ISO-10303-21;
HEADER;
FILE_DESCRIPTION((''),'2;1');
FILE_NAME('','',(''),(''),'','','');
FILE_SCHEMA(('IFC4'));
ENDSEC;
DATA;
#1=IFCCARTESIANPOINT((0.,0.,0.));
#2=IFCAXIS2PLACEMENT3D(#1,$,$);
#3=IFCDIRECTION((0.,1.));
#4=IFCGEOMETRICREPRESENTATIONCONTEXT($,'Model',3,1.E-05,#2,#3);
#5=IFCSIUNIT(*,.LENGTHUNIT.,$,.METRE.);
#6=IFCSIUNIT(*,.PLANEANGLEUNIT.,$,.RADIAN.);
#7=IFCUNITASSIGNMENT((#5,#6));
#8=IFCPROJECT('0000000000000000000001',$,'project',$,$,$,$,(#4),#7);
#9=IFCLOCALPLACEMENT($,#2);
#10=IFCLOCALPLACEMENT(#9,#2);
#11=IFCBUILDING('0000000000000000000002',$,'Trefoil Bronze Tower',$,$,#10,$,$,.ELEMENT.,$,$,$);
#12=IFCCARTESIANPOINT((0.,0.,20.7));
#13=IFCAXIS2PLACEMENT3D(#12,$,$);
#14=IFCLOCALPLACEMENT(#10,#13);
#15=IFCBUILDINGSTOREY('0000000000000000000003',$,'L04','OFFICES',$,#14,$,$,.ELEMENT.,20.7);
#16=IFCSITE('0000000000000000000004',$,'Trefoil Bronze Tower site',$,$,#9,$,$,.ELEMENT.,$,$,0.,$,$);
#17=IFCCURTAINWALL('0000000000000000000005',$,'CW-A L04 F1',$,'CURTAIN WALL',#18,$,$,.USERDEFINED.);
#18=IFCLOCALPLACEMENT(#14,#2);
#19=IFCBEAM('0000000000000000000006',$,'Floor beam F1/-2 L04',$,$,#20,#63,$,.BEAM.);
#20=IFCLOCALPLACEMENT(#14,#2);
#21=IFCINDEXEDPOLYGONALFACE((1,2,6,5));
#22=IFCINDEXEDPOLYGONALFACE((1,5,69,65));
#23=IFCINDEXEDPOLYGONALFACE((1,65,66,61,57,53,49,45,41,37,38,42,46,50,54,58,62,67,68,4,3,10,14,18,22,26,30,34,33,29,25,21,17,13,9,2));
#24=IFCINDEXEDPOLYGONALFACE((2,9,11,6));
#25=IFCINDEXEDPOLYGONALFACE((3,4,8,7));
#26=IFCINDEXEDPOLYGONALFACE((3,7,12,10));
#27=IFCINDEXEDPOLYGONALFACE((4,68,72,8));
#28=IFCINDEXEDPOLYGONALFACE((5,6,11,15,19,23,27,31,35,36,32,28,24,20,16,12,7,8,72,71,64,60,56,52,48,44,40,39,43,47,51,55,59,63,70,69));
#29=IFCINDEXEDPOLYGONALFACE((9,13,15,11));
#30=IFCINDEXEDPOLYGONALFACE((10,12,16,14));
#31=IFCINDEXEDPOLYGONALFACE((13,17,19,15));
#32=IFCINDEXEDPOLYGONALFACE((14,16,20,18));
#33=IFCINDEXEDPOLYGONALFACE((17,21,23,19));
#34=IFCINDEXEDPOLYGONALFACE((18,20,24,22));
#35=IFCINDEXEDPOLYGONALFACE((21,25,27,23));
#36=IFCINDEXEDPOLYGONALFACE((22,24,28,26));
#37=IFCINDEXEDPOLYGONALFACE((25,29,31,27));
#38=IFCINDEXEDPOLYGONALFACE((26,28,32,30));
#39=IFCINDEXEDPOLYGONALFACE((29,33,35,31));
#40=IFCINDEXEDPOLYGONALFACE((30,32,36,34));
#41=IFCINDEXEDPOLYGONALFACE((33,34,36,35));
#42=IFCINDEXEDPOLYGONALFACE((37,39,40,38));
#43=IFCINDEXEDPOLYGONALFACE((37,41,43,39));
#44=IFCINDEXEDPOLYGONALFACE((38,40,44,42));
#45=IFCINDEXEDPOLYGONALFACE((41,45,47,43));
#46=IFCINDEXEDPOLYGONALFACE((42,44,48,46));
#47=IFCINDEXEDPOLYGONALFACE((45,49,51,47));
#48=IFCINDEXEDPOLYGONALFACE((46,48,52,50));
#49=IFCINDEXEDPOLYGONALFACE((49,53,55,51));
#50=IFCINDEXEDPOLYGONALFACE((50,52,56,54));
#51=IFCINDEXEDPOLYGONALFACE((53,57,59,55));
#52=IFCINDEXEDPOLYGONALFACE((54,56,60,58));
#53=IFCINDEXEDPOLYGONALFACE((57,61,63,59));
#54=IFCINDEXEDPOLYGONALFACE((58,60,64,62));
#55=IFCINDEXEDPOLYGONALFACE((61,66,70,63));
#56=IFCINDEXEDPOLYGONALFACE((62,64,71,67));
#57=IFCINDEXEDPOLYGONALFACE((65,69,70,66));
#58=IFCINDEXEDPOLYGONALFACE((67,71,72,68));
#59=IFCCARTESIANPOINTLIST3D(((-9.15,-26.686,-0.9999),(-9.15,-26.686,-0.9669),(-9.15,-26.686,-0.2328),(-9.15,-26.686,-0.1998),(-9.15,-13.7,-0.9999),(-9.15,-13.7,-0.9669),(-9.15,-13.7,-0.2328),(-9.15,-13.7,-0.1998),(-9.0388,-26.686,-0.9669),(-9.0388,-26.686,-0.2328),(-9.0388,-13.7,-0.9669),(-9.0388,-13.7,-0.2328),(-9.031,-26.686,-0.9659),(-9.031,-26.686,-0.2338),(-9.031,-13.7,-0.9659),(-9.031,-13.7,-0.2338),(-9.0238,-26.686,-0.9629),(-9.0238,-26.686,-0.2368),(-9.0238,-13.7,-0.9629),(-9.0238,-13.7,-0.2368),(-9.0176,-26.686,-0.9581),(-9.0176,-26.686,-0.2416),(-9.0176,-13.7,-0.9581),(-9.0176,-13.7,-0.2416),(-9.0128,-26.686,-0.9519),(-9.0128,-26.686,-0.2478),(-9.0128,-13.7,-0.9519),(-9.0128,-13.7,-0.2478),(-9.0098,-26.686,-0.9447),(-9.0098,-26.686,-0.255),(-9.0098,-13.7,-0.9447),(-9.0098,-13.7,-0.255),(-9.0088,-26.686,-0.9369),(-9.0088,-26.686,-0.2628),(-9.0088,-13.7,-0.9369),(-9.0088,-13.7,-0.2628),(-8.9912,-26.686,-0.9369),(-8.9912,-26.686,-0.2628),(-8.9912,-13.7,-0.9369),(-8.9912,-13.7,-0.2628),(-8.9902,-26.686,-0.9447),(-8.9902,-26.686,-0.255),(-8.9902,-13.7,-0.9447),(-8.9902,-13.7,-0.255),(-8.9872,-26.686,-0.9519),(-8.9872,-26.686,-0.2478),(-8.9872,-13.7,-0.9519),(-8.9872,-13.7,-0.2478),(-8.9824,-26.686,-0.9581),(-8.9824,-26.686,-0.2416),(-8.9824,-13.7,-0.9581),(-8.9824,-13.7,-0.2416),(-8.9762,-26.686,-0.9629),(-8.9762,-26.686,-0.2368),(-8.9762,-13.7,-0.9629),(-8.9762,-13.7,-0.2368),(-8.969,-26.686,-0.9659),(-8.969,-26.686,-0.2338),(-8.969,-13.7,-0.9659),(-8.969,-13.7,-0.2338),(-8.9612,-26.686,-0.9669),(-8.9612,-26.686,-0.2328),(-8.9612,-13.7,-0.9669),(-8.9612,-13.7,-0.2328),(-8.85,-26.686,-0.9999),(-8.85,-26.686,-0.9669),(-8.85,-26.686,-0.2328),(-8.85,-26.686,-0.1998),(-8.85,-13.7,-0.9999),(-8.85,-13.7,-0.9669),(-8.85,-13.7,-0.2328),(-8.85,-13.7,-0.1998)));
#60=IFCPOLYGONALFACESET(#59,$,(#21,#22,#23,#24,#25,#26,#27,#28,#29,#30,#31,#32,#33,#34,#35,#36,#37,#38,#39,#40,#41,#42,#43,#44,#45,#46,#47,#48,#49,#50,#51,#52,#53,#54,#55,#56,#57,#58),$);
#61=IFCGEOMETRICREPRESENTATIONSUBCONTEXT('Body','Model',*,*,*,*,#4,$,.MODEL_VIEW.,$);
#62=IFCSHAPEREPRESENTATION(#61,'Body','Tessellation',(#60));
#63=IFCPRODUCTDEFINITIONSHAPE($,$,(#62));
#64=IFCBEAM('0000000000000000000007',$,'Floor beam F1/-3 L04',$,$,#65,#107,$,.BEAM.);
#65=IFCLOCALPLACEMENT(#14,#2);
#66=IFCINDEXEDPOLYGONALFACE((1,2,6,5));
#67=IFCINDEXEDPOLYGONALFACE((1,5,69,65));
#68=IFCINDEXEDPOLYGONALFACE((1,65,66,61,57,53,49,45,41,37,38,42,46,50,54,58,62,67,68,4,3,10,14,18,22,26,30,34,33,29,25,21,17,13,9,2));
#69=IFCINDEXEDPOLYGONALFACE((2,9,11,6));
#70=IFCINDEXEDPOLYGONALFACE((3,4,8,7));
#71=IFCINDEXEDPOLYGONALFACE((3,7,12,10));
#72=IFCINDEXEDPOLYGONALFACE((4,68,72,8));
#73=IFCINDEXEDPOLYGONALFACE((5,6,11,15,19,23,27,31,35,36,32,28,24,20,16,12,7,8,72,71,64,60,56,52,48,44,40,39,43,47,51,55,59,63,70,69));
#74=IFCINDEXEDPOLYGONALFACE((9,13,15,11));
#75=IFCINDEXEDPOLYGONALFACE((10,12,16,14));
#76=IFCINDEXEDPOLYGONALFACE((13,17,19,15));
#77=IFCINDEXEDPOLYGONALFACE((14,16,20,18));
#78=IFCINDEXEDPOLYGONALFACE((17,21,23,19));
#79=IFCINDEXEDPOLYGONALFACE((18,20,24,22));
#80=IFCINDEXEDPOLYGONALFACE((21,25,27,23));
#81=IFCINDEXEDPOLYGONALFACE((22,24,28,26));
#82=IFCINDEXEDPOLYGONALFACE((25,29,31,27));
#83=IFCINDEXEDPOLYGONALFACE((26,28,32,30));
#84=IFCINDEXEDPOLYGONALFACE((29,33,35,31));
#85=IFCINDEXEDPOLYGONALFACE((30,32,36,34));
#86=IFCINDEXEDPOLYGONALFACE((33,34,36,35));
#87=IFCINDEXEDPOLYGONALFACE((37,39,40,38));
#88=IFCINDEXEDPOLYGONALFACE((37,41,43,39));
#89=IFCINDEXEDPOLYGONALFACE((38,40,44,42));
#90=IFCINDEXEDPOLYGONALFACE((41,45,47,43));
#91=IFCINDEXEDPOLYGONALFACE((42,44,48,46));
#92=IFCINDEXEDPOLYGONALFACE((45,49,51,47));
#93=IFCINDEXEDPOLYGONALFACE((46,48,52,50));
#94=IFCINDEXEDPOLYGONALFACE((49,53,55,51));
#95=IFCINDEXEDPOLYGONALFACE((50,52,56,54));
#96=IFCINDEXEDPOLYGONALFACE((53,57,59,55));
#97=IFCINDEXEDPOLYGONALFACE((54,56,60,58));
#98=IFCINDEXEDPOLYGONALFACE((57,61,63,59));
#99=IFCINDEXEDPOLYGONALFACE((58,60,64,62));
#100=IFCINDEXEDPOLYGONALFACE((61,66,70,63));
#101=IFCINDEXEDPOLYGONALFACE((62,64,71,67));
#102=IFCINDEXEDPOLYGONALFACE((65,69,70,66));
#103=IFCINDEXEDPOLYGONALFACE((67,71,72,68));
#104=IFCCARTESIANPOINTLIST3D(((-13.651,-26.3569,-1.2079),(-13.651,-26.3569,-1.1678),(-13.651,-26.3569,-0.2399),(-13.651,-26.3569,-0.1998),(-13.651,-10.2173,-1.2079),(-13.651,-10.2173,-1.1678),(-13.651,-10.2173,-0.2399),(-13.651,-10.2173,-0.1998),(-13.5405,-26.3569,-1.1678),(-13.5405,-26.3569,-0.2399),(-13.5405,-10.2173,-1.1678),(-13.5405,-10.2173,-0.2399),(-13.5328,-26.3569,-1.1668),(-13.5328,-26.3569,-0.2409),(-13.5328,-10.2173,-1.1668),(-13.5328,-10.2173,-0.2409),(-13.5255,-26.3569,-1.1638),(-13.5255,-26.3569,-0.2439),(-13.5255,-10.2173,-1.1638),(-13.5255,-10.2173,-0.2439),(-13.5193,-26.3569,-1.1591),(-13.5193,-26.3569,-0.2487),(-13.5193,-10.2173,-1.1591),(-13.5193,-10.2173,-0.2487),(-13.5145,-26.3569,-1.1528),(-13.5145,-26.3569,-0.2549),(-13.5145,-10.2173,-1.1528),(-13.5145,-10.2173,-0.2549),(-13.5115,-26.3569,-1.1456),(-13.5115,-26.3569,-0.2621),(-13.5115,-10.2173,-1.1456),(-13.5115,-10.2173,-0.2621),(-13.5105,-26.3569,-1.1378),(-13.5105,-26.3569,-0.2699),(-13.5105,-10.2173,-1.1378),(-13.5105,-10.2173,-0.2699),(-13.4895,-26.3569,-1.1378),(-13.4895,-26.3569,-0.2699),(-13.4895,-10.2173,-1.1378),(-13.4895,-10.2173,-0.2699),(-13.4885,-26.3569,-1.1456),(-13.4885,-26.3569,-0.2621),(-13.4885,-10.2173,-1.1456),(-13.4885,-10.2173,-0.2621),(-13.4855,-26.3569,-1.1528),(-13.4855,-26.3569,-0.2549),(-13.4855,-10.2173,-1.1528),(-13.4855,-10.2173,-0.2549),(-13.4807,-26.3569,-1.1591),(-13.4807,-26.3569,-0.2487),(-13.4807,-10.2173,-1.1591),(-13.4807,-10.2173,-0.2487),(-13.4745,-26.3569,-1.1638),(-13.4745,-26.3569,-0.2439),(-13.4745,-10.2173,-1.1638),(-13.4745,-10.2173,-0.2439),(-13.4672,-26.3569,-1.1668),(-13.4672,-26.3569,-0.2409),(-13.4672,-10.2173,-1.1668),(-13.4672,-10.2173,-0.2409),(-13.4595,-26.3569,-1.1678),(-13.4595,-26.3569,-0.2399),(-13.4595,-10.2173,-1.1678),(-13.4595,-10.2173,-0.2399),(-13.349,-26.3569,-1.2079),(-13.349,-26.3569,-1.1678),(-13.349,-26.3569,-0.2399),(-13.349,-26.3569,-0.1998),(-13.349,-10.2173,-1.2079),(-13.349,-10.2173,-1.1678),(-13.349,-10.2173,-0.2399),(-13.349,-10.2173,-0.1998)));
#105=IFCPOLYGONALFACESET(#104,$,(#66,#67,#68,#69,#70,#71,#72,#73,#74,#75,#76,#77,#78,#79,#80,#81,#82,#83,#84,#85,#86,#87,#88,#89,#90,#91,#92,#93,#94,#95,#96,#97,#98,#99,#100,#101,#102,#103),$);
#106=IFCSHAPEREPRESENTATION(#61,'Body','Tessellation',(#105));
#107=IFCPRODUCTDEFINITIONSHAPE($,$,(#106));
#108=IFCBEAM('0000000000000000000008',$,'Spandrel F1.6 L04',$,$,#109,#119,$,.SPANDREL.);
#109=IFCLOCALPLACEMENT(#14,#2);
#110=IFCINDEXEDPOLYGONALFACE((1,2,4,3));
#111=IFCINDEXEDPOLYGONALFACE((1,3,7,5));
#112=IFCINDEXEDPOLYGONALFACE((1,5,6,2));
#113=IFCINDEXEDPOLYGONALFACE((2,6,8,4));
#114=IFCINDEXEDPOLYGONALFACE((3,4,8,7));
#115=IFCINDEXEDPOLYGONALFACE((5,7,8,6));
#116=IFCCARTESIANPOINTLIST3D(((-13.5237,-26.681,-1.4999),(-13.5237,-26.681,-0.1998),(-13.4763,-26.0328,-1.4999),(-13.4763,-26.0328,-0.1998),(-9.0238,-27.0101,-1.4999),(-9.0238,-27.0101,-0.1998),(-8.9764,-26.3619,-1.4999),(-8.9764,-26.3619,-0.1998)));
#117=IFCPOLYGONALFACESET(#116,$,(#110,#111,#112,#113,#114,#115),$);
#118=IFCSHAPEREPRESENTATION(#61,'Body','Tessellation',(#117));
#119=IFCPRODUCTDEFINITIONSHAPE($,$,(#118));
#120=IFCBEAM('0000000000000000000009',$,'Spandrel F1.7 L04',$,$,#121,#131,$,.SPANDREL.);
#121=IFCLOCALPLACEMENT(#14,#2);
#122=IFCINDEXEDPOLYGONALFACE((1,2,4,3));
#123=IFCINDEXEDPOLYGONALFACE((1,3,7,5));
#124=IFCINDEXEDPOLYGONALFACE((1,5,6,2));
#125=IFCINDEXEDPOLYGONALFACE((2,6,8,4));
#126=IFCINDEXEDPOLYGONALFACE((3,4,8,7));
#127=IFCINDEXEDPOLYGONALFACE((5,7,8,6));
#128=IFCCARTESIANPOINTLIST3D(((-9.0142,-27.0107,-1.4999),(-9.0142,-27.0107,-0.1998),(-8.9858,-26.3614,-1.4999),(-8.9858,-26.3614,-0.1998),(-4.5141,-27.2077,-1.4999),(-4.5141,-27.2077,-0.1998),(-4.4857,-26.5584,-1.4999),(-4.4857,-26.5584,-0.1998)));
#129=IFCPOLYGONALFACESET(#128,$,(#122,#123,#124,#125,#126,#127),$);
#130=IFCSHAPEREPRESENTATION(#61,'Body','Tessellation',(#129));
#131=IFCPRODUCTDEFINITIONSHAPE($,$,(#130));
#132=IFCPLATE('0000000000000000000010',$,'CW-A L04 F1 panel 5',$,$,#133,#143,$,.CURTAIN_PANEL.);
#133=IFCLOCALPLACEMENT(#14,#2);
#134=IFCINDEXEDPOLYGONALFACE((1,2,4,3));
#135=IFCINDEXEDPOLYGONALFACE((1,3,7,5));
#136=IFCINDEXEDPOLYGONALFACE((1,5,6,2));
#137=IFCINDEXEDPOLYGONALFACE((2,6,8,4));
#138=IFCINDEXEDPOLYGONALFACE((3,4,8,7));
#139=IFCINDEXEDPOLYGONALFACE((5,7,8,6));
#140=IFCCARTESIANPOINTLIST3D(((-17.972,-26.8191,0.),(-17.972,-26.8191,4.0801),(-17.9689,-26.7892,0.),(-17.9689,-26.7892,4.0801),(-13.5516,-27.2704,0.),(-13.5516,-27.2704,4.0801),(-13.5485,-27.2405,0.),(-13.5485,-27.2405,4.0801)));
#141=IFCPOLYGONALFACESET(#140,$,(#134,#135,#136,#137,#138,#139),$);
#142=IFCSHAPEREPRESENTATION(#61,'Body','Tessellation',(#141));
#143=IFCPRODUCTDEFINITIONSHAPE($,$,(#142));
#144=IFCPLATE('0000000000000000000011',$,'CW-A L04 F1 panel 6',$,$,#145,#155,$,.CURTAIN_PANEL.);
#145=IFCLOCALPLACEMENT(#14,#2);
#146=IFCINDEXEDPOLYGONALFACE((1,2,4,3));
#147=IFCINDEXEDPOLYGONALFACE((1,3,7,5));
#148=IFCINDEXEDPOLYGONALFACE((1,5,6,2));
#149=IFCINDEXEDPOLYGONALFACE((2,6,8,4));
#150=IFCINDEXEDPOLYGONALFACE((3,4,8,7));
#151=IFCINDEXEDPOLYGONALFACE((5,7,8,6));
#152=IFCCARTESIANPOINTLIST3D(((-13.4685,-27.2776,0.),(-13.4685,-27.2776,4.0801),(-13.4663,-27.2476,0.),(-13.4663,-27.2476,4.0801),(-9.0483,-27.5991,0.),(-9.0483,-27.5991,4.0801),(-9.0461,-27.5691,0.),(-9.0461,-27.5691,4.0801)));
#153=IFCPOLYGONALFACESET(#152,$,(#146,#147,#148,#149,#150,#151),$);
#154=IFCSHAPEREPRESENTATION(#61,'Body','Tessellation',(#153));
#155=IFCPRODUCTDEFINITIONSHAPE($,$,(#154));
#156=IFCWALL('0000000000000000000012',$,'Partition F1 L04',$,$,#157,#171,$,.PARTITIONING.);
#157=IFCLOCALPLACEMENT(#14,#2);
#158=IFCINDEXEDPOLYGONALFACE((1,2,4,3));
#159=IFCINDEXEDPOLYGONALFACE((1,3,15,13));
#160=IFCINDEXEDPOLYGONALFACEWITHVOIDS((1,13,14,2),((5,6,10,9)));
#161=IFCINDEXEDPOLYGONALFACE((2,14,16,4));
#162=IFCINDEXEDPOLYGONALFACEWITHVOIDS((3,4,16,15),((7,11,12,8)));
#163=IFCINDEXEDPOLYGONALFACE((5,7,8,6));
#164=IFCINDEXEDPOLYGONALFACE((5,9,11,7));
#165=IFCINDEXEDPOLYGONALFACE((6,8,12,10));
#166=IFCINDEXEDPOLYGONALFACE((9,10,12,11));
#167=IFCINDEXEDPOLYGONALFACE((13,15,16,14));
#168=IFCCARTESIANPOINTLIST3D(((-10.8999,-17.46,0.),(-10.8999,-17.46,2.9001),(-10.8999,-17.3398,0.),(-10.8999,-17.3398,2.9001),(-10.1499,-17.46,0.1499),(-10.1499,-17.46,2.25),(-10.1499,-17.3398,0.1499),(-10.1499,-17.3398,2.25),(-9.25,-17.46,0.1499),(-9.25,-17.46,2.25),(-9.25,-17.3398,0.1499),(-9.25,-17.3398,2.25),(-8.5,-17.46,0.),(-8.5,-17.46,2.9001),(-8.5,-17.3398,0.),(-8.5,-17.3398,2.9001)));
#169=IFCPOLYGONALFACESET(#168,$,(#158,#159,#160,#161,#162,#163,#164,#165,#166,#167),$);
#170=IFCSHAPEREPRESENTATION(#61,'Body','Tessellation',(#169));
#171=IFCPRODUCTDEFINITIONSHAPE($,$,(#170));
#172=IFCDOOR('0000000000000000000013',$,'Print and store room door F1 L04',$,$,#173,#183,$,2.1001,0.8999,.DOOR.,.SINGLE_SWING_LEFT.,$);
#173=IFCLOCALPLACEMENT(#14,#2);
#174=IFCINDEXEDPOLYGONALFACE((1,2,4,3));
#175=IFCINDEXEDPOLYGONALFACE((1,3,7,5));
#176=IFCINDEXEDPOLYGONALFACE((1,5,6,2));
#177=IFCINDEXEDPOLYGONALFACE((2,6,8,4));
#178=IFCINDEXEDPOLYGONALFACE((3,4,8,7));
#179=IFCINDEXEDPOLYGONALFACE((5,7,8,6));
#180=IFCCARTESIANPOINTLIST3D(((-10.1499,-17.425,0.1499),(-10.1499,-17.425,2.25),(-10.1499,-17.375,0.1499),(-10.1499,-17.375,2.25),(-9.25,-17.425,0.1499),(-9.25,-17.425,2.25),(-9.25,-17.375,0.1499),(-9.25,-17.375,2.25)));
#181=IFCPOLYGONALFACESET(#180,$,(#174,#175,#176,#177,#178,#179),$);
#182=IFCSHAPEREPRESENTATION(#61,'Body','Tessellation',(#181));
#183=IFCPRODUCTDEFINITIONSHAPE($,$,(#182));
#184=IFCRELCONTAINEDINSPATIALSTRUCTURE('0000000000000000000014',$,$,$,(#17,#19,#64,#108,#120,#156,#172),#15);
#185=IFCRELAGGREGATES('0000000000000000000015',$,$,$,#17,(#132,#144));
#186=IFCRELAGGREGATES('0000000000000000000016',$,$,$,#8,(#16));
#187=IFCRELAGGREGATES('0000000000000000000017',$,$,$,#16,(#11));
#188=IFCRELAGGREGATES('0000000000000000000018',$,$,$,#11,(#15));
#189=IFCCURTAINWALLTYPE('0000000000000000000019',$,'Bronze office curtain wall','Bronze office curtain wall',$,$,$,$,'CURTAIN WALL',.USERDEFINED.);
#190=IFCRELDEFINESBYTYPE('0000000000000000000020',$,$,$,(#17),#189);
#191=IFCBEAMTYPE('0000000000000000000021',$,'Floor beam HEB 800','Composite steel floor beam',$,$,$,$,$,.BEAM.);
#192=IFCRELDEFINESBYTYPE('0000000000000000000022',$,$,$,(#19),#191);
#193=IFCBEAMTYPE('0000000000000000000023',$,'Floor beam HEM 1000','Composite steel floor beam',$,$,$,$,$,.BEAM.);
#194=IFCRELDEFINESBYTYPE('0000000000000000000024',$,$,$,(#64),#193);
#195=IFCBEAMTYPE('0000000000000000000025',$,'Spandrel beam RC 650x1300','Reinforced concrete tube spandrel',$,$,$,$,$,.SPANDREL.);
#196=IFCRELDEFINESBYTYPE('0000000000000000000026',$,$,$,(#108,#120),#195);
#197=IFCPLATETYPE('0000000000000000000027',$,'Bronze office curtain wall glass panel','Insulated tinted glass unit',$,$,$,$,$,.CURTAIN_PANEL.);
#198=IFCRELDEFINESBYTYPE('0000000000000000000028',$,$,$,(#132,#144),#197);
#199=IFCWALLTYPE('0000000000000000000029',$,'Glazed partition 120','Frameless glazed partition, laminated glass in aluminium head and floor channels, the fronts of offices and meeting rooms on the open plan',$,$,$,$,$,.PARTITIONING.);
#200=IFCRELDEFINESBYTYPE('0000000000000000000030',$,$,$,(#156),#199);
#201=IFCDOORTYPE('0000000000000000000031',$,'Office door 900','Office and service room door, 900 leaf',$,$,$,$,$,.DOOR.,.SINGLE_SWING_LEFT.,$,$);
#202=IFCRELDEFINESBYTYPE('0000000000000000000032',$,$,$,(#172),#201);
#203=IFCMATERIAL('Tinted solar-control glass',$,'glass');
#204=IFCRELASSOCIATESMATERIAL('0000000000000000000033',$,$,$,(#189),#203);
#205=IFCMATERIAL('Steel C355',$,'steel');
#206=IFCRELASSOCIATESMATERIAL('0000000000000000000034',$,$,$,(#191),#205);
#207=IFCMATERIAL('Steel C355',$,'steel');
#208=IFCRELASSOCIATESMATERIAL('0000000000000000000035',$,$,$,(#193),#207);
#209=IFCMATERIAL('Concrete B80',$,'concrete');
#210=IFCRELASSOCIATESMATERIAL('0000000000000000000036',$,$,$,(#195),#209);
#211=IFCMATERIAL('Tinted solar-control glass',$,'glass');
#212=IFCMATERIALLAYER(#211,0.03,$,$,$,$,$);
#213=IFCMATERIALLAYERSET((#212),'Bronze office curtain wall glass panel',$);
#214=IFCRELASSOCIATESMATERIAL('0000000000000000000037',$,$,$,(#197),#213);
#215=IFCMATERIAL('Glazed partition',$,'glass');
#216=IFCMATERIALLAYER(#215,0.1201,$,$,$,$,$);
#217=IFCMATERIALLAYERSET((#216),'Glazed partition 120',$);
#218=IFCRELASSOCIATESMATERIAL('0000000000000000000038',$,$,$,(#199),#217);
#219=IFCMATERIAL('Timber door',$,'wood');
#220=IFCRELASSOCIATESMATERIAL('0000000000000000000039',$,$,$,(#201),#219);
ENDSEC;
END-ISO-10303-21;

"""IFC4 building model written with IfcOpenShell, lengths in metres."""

from ifc_helpers import new_model, si_unit, direction, frame, frame_2d, origin, origin_2d, place, context, subcontext, project, spatial, rectangle, i_section, extrude, material, layer, layer_set, material_profile, profile_set, type_object, element, fill, aggregate, save


model = new_model("IFC4")

# Units and contexts
model_context = context("Model", 3, precision=1e-05, world=origin(), true_north=direction((0.0, 1.0)))
body_context = subcontext(model_context, "Body", "Model", "MODEL_VIEW")
ifc_project = project(units=[si_unit("LENGTHUNIT", "METRE"), si_unit("PLANEANGLEUNIT", "RADIAN")], contexts=[model_context])

# Site, building, storey
site_placement = place(None, origin())
site = spatial("IfcSite", under=ifc_project, at=site_placement, Name="Trefoil Bronze Tower site", CompositionType="ELEMENT", RefElevation=0.0)
building_placement = place(site_placement, origin())
building = spatial("IfcBuilding", under=site, at=building_placement, Name="Trefoil Bronze Tower", CompositionType="ELEMENT")
storey_placement = place(building_placement, frame((0.0, 0.0, 20.7)))
storey = spatial("IfcBuildingStorey", under=building, at=storey_placement, Name="L04", Description="OFFICES", CompositionType="ELEMENT", Elevation=20.7)

# Curtain wall
ifc_material_1 = material(Name="Tinted solar-control glass", Category="glass")
curtain_wall_type = type_object("IfcCurtainWallType", Name="Bronze office curtain wall", Description="Bronze office curtain wall", ElementType="CURTAIN WALL", PredefinedType="USERDEFINED", material=ifc_material_1)
curtain_wall_placement = place(storey_placement, origin())
curtain_wall = element("IfcCurtainWall", 1, at=curtain_wall_placement, inside=storey, type_object=curtain_wall_type, Name="CW-A L04 F1", ObjectType="CURTAIN WALL", PredefinedType="USERDEFINED")

# Beams
ifc_material_2 = material(Name="Steel C355", Category="steel")
ifc_material_profile_1 = material_profile(ifc_material_2, i_section(OverallWidth=0.3, OverallDepth=0.8, WebThickness=0.0176, FlangeThickness=0.033, FilletRadius=0.03, at=origin_2d()), Name="HEB 800")
ifc_profile_set_1 = profile_set([ifc_material_profile_1], Name="Steel C355")
beam_type_1 = type_object("IfcBeamType", Name="Floor beam HEB 800", Description="Composite steel floor beam", PredefinedType="BEAM", material=ifc_profile_set_1)
beam_1_placement = place(storey_placement, frame((-9.0, -26.686, -0.5999), z_axis=(0.0, 1.0, 0.0), x_axis=(-1.0, 0.0, 0.0)))
element("IfcBeam", 2, at=beam_1_placement, inside=storey, type_object=beam_type_1, Name="Floor beam F1/-2 L04", PredefinedType="BEAM", context=body_context, shape_type="SweptSolid", body=[
    extrude(i_section(OverallWidth=0.3, OverallDepth=0.8, WebThickness=0.0176, FlangeThickness=0.033, FilletRadius=0.03, at=origin_2d()), origin(), (0.0, 0.0, 1.0), 12.9861),
])
ifc_material_3 = material(Name="Steel C355", Category="steel")
ifc_material_profile_2 = material_profile(ifc_material_3, i_section(OverallWidth=0.302, OverallDepth=1.0081, WebThickness=0.021, FlangeThickness=0.04, FilletRadius=0.03, at=origin_2d()), Name="HEM 1000")
ifc_profile_set_2 = profile_set([ifc_material_profile_2], Name="Steel C355")
beam_type_2 = type_object("IfcBeamType", Name="Floor beam HEM 1000", Description="Composite steel floor beam", PredefinedType="BEAM", material=ifc_profile_set_2)
beam_2_placement = place(storey_placement, frame((-13.5, -26.3569, -0.7039), z_axis=(0.0, 1.0, 0.0), x_axis=(-1.0, 0.0, 0.0)))
element("IfcBeam", 3, at=beam_2_placement, inside=storey, type_object=beam_type_2, Name="Floor beam F1/-3 L04", PredefinedType="BEAM", context=body_context, shape_type="SweptSolid", body=[
    extrude(i_section(OverallWidth=0.302, OverallDepth=1.0081, WebThickness=0.021, FlangeThickness=0.04, FilletRadius=0.03, at=origin_2d()), origin(), (0.0, 0.0, 1.0), 16.1396),
])
ifc_material_4 = material(Name="Concrete B80", Category="concrete")
ifc_material_profile_3 = material_profile(ifc_material_4, rectangle(XDim=0.6499, YDim=1.3, at=origin_2d()), Name="RC 650x1300")
ifc_profile_set_3 = profile_set([ifc_material_profile_3], Name="Concrete B80")
beam_type_3 = type_object("IfcBeamType", Name="Spandrel beam RC 650x1300", Description="Reinforced concrete tube spandrel", PredefinedType="SPANDREL", material=ifc_profile_set_3)
beam_3_placement = place(storey_placement, frame((-13.5, -26.3569, -0.8499), z_axis=(0.997336, -0.072939, 0.0), x_axis=(0.072939, 0.997336, 0.0)))
element("IfcBeam", 4, at=beam_3_placement, inside=storey, type_object=beam_type_3, Name="Spandrel F1.6 L04", PredefinedType="SPANDREL", context=body_context, shape_type="SweptSolid", body=[
    extrude(rectangle(XDim=0.6499, YDim=1.3, at=origin_2d()), origin(), (0.0, 0.0, 1.0), 4.512),
])
beam_4_placement = place(storey_placement, frame((-9.0, -26.686, -0.8499), z_axis=(0.999043, -0.043741, 0.0), x_axis=(0.043741, 0.999043, 0.0)))
element("IfcBeam", 5, at=beam_4_placement, inside=storey, type_object=beam_type_3, Name="Spandrel F1.7 L04", PredefinedType="SPANDREL", context=body_context, shape_type="SweptSolid", body=[
    extrude(rectangle(XDim=0.6499, YDim=1.3, at=origin_2d()), origin(), (0.0, 0.0, 1.0), 4.5044),
])

# Plates
ifc_material_5 = material(Name="Tinted solar-control glass", Category="glass")
ifc_layer_1 = layer(ifc_material_5, 0.03)
ifc_layer_set_1 = layer_set([ifc_layer_1], Name="Bronze office curtain wall glass panel")
plate_type = type_object("IfcPlateType", Name="Bronze office curtain wall glass panel", Description="Insulated tinted glass unit", PredefinedType="CURTAIN_PANEL", material=ifc_layer_set_1)
plate_1_placement = place(storey_placement, frame((-15.7603, -27.0298, 0.0), z_axis=(0.0, 0.0, 1.0), x_axis=(0.994829, -0.101565, 0.0)))
plate_1 = element("IfcPlate", 6, at=plate_1_placement, type_object=plate_type, Name="CW-A L04 F1 panel 5", PredefinedType="CURTAIN_PANEL", context=body_context, shape_type="SweptSolid", body=[
    extrude(rectangle(XDim=4.4434, YDim=0.03, at=origin_2d()), origin(), (0.0, 0.0, 1.0), 4.0801),
])
plate_2_placement = place(storey_placement, frame((-11.2573, -27.4233, 0.0), z_axis=(0.0, 0.0, 1.0), x_axis=(0.997365, -0.072547, 0.0)))
plate_2 = element("IfcPlate", 7, at=plate_2_placement, type_object=plate_type, Name="CW-A L04 F1 panel 6", PredefinedType="CURTAIN_PANEL", context=body_context, shape_type="SweptSolid", body=[
    extrude(rectangle(XDim=4.4319, YDim=0.03, at=origin_2d()), origin(), (0.0, 0.0, 1.0), 4.0801),
])
aggregate(curtain_wall, [plate_1, plate_2])

# Wall, opening, door
ifc_material_6 = material(Name="Glazed partition", Category="glass")
ifc_layer_2 = layer(ifc_material_6, 0.1201)
ifc_layer_set_2 = layer_set([ifc_layer_2], Name="Glazed partition 120")
wall_type = type_object("IfcWallType", Name="Glazed partition 120", Description="Frameless glazed partition, laminated glass in aluminium head and floor channels, the fronts of offices and meeting rooms on the open plan", PredefinedType="PARTITIONING", material=ifc_layer_set_2)
wall_1_placement = place(storey_placement, frame((-10.8999, -17.3999, 0.0), z_axis=(0.0, 0.0, 1.0), x_axis=(1.0, 0.0, 0.0)))
wall_1 = element("IfcWall", 8, at=wall_1_placement, inside=storey, type_object=wall_type, Name="Partition F1 L04", PredefinedType="PARTITIONING", context=body_context, shape_type="SweptSolid", body=[
    extrude(rectangle(XDim=2.3999, YDim=0.1201, at=frame_2d((1.2, 0.0))), origin(), (0.0, 0.0, 1.0), 2.9001),
])
opening_placement = place(wall_1_placement, frame((0.75, 0.0, 0.1499)))
opening = element("IfcOpeningElement", 9, at=opening_placement, cuts=wall_1, PredefinedType="OPENING", context=body_context, shape_type="SweptSolid", body=[
    extrude(rectangle(XDim=0.8999, YDim=2.1001, at=frame_2d((0.45, 1.05))), frame((0.0, 0.0701, 0.0), z_axis=(0.0, -1.0, 0.0), x_axis=(1.0, 0.0, 0.0)), (0.0, 0.0, 1.0), 0.1401),
])
ifc_material_7 = material(Name="Timber door", Category="wood")
door_type = type_object("IfcDoorType", Name="Office door 900", Description="Office and service room door, 900 leaf", OperationType="SINGLE_SWING_LEFT", PredefinedType="DOOR", material=ifc_material_7)
door_placement = place(opening_placement, origin())
door = element("IfcDoor", 10, at=door_placement, inside=storey, type_object=door_type, Name="Print and store room door F1 L04", OperationType="SINGLE_SWING_LEFT", OverallHeight=2.1001, OverallWidth=0.8999, PredefinedType="DOOR", context=body_context, shape_type="SweptSolid", body=[
    extrude(rectangle(XDim=0.8999, YDim=2.1001, at=frame_2d((0.45, 1.05))), frame((0.0, 0.0249, 0.0), z_axis=(0.0, -1.0, 0.0), x_axis=(1.0, 0.0, 0.0)), (0.0, 0.0, 1.0), 0.05),
])
fill(opening, door)

save(model, "model.ifc")
